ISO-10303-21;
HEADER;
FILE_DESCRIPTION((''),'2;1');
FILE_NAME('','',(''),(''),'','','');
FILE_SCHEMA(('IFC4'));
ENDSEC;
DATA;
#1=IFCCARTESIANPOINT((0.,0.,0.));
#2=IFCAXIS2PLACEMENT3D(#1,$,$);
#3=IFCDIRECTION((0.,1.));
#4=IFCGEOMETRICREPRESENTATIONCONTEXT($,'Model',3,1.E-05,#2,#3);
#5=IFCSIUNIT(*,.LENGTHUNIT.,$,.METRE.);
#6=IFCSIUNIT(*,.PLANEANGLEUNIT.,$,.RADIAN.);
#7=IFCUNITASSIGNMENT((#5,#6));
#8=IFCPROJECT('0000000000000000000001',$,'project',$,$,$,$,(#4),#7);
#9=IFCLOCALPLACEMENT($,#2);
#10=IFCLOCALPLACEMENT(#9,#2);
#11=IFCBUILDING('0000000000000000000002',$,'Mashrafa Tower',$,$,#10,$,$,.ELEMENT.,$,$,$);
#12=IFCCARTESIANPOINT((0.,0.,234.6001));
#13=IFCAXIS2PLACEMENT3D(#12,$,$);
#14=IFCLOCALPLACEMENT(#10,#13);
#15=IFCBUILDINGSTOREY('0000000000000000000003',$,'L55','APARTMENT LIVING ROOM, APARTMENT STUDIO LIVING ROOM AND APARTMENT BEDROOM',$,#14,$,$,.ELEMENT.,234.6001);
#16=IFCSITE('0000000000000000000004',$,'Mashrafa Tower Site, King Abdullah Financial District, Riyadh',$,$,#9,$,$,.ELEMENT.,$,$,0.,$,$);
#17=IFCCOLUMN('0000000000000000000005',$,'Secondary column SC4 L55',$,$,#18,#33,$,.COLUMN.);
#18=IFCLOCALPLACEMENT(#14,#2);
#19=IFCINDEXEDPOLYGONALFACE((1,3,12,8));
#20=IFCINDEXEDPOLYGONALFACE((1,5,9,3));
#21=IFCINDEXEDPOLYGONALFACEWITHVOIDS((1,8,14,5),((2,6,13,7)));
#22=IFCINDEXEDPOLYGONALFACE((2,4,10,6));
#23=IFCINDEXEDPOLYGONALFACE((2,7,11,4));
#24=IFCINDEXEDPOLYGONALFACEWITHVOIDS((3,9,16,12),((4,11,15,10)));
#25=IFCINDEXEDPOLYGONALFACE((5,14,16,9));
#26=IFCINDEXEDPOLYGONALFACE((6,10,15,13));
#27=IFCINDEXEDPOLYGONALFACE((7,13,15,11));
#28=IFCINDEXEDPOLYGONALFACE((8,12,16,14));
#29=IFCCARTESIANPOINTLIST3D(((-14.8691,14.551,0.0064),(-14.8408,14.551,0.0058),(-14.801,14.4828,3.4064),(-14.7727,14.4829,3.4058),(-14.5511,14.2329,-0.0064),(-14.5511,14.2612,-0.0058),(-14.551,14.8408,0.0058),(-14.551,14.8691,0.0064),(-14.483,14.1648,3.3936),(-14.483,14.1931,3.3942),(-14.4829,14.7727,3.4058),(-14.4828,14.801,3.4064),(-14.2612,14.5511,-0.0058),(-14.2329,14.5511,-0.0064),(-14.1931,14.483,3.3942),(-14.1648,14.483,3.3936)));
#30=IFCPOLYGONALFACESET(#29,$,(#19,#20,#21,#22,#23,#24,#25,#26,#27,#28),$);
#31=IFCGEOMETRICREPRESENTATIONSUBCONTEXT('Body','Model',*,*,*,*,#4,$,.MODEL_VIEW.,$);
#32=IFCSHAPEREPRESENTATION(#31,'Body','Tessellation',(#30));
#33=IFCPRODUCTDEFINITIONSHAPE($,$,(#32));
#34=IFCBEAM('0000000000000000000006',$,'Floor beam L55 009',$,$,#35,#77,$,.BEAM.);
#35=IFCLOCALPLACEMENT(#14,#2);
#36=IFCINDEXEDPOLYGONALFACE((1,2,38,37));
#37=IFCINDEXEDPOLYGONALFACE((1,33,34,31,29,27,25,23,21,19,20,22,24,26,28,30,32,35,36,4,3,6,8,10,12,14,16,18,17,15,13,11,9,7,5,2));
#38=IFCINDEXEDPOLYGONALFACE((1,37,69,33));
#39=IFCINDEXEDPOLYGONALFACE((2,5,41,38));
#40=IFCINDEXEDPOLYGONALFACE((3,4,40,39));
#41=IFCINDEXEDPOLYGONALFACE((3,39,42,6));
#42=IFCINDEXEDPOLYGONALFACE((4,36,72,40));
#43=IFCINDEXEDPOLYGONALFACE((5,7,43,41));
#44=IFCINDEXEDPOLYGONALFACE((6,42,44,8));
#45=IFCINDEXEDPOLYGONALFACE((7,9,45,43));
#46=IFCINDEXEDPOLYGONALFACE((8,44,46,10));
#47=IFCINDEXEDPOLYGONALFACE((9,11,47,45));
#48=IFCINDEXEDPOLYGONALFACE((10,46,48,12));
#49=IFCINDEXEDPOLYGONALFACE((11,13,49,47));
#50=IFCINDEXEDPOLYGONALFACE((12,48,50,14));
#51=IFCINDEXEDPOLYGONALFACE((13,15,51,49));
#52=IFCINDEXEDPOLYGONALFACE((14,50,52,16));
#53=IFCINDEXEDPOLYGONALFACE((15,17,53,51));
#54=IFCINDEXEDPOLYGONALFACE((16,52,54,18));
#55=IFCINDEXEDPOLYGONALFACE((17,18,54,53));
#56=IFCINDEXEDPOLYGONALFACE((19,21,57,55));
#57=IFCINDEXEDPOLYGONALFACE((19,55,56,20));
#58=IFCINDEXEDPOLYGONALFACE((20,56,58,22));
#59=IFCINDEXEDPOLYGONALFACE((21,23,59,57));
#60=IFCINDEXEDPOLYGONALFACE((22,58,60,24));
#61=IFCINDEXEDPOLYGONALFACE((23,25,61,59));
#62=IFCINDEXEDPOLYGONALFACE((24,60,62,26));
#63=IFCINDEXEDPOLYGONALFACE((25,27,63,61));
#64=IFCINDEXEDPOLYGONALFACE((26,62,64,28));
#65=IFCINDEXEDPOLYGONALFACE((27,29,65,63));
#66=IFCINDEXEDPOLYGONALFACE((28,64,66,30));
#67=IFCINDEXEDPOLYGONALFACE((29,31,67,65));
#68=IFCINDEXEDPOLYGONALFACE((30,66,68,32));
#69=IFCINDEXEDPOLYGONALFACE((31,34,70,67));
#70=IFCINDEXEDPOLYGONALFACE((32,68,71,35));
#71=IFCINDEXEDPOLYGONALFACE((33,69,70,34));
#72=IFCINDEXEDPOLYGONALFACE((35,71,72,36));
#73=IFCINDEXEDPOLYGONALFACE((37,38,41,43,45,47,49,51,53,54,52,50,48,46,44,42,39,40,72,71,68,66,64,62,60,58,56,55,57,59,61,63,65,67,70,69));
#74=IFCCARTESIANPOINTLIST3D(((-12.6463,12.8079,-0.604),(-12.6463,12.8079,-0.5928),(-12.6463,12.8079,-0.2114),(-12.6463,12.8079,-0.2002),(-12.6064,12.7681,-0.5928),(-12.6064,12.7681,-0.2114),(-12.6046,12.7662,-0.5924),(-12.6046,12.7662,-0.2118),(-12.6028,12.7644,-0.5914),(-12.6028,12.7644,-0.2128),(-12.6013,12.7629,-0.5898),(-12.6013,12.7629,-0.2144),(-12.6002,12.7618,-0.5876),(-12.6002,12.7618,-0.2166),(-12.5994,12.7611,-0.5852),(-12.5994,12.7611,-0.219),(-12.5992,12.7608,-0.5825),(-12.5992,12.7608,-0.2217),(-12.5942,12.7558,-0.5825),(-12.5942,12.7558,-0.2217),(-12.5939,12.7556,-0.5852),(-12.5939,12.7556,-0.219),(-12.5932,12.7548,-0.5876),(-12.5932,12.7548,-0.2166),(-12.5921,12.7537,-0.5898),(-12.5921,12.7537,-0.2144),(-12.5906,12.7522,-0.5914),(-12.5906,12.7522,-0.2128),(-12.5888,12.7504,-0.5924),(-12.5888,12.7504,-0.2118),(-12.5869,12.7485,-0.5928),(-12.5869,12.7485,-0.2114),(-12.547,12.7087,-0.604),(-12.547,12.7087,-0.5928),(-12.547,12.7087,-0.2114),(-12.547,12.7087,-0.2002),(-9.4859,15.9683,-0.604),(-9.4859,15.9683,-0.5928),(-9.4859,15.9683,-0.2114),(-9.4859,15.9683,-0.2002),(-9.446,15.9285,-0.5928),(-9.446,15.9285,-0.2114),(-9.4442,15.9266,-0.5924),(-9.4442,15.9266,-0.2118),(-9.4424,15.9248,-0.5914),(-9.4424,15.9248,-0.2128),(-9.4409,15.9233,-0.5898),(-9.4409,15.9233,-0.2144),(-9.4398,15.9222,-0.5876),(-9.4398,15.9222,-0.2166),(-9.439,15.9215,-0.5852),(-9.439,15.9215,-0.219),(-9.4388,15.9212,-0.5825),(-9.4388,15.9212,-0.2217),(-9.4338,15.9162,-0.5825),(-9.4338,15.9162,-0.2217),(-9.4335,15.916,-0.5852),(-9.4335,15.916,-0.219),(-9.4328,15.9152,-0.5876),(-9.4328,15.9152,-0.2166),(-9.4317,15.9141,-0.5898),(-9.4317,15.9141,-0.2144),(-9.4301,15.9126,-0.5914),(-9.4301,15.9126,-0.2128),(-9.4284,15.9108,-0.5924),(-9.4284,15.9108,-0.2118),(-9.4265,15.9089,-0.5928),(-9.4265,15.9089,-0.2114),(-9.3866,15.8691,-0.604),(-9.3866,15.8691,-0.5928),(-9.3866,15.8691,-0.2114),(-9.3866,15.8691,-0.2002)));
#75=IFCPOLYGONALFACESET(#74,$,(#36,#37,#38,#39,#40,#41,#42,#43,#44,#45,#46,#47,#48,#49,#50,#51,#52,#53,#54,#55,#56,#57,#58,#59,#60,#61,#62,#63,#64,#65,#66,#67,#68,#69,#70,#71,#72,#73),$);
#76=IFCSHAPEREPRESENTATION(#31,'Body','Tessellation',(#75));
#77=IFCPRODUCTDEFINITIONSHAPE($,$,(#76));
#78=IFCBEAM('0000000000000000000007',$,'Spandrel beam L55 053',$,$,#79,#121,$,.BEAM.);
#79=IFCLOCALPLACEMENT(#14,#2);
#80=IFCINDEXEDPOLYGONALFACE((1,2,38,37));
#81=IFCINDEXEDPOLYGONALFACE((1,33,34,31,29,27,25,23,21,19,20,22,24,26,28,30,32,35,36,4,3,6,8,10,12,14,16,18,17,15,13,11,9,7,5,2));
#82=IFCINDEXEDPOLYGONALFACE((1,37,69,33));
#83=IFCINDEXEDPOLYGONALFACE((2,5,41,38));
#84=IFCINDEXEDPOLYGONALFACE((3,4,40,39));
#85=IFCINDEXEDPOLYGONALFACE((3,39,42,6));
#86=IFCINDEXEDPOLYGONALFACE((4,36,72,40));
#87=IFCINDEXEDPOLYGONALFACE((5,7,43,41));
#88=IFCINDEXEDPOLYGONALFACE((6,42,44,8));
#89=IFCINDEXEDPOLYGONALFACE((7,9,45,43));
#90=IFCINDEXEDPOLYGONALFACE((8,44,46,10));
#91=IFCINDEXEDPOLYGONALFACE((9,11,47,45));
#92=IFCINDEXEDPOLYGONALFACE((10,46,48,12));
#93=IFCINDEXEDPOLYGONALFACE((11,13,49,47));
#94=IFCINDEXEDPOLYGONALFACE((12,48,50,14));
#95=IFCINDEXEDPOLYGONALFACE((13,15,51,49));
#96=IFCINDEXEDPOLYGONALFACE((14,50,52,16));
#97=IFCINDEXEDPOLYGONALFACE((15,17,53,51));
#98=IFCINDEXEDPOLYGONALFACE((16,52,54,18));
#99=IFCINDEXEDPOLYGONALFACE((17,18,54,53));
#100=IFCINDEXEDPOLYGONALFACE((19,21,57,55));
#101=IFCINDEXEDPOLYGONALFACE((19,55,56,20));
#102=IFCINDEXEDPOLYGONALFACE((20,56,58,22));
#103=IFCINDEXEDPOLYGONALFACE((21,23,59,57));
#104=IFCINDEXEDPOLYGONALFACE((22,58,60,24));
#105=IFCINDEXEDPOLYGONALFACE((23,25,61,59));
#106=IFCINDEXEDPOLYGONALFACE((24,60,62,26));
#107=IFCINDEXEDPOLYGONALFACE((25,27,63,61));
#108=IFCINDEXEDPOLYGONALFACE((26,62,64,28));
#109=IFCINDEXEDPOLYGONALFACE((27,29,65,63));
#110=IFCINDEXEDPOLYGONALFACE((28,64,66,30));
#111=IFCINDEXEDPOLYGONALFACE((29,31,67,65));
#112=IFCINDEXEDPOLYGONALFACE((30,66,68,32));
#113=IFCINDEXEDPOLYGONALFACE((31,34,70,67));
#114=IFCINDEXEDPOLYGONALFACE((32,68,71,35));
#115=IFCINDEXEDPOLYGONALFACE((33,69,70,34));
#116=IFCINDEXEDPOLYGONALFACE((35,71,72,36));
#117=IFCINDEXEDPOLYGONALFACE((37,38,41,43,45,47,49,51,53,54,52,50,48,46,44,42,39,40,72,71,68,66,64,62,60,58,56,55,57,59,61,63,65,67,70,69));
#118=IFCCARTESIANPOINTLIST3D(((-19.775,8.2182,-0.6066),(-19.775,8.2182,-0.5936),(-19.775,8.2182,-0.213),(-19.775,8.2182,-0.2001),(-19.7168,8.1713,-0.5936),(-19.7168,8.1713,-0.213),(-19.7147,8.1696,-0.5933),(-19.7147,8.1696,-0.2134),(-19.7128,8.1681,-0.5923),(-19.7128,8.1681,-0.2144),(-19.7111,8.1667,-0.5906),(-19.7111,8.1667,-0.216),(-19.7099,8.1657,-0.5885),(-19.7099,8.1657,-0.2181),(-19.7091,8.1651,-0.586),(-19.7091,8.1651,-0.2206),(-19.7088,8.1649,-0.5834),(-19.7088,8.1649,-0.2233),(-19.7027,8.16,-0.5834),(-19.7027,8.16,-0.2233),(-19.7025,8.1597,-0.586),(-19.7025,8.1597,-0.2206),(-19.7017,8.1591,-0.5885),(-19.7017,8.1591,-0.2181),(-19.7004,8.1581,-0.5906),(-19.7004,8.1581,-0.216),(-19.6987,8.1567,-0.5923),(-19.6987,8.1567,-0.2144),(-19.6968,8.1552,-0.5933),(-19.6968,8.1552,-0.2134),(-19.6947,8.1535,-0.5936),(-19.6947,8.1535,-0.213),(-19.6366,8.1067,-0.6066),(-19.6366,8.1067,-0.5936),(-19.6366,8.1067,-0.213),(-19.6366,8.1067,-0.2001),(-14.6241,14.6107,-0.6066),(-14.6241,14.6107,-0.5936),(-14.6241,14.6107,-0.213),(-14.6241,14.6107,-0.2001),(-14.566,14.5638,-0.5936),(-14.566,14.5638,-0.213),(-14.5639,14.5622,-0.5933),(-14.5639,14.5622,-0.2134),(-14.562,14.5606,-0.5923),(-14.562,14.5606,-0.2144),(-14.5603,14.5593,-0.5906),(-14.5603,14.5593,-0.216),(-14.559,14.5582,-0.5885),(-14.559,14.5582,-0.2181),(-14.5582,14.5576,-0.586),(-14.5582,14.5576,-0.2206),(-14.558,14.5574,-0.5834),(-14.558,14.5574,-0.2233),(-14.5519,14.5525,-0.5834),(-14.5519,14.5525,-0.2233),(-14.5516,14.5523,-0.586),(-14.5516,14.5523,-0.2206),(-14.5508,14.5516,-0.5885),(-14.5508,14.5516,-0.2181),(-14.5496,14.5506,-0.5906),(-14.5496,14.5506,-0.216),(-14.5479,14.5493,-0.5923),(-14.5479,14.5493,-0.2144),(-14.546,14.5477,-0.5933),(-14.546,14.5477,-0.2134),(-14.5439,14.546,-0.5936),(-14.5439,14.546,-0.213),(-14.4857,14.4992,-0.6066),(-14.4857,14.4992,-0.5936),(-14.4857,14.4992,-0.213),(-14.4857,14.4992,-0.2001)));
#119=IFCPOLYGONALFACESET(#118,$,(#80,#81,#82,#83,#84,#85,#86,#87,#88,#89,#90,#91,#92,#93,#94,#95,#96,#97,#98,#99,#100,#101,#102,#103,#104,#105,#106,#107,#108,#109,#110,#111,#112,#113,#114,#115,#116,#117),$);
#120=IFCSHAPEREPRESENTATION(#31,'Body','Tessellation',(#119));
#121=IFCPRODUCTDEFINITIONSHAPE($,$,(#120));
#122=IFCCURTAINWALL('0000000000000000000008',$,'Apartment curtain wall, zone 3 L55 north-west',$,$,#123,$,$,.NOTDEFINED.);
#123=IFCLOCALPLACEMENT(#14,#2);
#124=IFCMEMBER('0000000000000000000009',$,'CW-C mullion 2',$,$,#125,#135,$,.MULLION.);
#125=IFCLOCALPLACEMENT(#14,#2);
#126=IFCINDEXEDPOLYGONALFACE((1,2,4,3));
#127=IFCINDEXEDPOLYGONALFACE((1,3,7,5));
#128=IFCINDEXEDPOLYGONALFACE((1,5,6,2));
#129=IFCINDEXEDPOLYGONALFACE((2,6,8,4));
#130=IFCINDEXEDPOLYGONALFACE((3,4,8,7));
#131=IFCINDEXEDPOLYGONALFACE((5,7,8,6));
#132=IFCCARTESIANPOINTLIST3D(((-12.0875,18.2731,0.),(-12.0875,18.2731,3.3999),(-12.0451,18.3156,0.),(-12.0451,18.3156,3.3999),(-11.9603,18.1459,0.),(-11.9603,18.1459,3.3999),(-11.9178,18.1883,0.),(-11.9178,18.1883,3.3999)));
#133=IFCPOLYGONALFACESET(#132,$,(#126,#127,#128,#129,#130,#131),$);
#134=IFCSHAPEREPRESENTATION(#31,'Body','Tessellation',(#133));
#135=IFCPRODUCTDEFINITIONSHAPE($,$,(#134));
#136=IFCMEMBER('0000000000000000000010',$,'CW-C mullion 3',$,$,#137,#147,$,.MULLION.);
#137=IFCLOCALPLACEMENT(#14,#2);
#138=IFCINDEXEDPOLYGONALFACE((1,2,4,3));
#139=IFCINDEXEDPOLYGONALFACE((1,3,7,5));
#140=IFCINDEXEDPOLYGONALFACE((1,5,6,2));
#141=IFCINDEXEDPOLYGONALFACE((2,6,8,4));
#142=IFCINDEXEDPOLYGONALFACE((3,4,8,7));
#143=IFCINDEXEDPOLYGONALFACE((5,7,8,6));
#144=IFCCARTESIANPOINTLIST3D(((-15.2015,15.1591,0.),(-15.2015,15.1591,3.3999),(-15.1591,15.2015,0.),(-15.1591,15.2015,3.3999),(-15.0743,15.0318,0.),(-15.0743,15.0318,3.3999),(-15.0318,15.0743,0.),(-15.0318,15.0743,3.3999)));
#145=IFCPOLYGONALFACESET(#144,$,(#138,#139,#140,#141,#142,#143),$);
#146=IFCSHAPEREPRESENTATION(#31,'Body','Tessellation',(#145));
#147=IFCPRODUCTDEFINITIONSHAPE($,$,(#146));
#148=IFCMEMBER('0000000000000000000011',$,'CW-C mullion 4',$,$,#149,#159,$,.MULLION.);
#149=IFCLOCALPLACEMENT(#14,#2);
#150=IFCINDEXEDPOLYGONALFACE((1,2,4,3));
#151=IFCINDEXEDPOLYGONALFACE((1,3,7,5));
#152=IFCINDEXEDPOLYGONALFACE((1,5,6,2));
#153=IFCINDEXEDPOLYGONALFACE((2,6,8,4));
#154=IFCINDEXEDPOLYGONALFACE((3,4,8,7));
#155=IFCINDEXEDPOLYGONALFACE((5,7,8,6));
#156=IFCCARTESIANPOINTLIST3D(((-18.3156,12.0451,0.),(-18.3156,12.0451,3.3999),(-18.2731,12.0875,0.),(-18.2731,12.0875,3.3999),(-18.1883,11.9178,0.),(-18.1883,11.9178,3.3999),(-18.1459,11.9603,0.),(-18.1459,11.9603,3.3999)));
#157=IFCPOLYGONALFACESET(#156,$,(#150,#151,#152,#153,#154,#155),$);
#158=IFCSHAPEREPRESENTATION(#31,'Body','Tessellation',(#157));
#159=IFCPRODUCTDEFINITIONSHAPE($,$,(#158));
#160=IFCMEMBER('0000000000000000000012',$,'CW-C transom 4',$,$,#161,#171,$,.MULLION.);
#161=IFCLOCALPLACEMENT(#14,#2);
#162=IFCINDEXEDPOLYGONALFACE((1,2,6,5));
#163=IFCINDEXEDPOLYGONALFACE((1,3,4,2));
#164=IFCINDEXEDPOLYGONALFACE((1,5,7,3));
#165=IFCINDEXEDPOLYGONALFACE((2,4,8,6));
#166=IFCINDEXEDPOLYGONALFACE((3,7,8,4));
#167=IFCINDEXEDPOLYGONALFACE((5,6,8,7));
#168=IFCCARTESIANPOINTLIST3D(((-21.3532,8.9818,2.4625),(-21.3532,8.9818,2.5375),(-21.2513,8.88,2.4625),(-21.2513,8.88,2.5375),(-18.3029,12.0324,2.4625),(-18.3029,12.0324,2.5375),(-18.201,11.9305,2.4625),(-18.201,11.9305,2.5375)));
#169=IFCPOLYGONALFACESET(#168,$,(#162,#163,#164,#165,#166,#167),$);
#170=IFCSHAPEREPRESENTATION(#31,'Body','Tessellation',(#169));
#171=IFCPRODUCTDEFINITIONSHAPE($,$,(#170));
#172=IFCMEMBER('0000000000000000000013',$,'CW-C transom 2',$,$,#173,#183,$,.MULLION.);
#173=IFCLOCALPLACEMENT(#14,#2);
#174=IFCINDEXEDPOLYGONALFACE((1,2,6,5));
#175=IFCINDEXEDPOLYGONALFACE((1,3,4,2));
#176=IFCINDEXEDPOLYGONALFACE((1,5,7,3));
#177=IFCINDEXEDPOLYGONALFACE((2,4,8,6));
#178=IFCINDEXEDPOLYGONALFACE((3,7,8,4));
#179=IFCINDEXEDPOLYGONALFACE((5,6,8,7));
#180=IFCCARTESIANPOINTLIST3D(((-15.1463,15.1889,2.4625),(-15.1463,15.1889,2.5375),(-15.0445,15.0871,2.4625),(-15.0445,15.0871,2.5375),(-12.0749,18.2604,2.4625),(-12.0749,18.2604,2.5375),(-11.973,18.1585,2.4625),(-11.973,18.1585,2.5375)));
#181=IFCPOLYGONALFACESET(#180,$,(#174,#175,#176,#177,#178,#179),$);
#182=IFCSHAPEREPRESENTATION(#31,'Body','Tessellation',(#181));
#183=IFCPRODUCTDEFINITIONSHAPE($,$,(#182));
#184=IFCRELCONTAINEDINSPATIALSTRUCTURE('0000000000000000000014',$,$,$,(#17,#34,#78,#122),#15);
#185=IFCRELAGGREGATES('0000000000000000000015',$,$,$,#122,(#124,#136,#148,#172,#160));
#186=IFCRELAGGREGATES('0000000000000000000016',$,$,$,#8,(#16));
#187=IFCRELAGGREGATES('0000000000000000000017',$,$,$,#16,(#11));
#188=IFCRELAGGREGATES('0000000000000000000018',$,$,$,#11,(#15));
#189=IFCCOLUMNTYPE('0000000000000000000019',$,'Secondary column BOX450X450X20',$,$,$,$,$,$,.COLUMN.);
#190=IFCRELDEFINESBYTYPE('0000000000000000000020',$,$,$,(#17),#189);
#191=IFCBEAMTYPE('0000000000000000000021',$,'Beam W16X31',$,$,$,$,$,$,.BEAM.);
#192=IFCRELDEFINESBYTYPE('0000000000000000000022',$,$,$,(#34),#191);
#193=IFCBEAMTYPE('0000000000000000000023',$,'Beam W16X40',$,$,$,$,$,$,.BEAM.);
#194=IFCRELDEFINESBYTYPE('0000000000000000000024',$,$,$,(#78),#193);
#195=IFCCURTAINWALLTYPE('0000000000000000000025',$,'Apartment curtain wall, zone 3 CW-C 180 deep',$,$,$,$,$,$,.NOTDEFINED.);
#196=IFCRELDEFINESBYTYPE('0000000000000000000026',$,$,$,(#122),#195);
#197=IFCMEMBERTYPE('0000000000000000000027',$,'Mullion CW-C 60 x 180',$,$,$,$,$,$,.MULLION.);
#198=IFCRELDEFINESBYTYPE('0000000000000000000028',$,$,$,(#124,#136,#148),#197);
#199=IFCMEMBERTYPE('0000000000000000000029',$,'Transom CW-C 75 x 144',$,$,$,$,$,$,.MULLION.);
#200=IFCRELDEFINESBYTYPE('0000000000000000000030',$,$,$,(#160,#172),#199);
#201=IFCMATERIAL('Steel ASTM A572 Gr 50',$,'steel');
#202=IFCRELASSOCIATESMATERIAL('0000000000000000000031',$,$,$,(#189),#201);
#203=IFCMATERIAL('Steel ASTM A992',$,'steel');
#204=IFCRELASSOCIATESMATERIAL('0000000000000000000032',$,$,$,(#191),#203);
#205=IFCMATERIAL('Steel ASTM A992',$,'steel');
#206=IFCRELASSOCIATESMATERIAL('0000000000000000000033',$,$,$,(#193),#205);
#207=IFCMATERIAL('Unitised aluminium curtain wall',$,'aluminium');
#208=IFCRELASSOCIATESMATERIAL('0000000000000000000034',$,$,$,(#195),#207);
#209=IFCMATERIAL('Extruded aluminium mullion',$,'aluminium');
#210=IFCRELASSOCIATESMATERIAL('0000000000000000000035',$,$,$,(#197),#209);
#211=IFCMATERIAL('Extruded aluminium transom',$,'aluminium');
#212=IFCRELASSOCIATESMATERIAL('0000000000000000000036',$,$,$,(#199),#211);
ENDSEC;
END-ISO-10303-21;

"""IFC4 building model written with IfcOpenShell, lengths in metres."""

from ifc_helpers import new_model, si_unit, direction, frame, origin, origin_2d, place, context, subcontext, project, spatial, rectangle, hollow_rectangle, i_section, extrude, source, transform, mapped, material, material_profile, profile_set, type_object, type_shapes, element, aggregate, save


model = new_model("IFC4")

# Units and contexts
model_context = context("Model", 3, precision=1e-05, world=origin(), true_north=direction((0.0, 1.0)))
body_context = subcontext(model_context, "Body", "Model", "MODEL_VIEW")
ifc_project = project(units=[si_unit("LENGTHUNIT", "METRE"), si_unit("PLANEANGLEUNIT", "RADIAN")], contexts=[model_context])

# Site, building, storey
site_placement = place(None, origin())
site = spatial("IfcSite", under=ifc_project, at=site_placement, Name="Mashrafa Tower Site, King Abdullah Financial District, Riyadh", CompositionType="ELEMENT", RefElevation=0.0)
building_placement = place(site_placement, origin())
building = spatial("IfcBuilding", under=site, at=building_placement, Name="Mashrafa Tower", CompositionType="ELEMENT")
storey_placement = place(building_placement, frame((0.0, 0.0, 234.6001)))
storey = spatial("IfcBuildingStorey", under=building, at=storey_placement, Name="L55", Description="APARTMENT LIVING ROOM, APARTMENT STUDIO LIVING ROOM AND APARTMENT BEDROOM", CompositionType="ELEMENT", Elevation=234.6001)

# Column
ifc_material_1 = material(Name="Steel ASTM A572 Gr 50", Category="steel")
ifc_material_profile_1 = material_profile(ifc_material_1, hollow_rectangle(XDim=0.45, YDim=0.45, WallThickness=0.02, at=origin_2d()), Name="BOX450X450X20")
ifc_profile_set_1 = profile_set([ifc_material_profile_1], Name="Steel ASTM A572 Gr 50")
column_type = type_object("IfcColumnType", Name="Secondary column BOX450X450X20", PredefinedType="COLUMN", material=ifc_profile_set_1)
column_placement = place(storey_placement, frame((-14.551, 14.551, 0.0), z_axis=(0.020026, -0.020026, 0.999599), x_axis=(0.707107, 0.707107, 0.0)))
element("IfcColumn", 1, at=column_placement, inside=storey, type_object=column_type, Name="Secondary column SC4 L55", PredefinedType="COLUMN", context=body_context, shape_type="SweptSolid", body=[
    extrude(hollow_rectangle(XDim=0.45, YDim=0.45, WallThickness=0.02, at=origin_2d()), origin(), (0.0, 0.0, 1.0), 3.4014),
])

# Beams
ifc_material_2 = material(Name="Steel ASTM A992", Category="steel")
ifc_material_profile_2 = material_profile(ifc_material_2, i_section(OverallWidth=0.1404, OverallDepth=0.4038, WebThickness=0.0071, FlangeThickness=0.0112, FilletRadius=0.0103, at=origin_2d()), Name="W16X31")
ifc_profile_set_2 = profile_set([ifc_material_profile_2], Name="Steel ASTM A992")
beam_type_1 = type_object("IfcBeamType", Name="Beam W16X31", PredefinedType="BEAM", material=ifc_profile_set_2)
beam_1_placement = place(storey_placement, frame((-12.5967, 12.7583, -0.4021), z_axis=(0.707107, 0.707107, 0.0), x_axis=(-0.707107, 0.707107, 0.0)))
element("IfcBeam", 2, at=beam_1_placement, inside=storey, type_object=beam_type_1, Name="Floor beam L55 009", PredefinedType="BEAM", context=body_context, shape_type="SweptSolid", body=[
    extrude(i_section(OverallWidth=0.1404, OverallDepth=0.4038, WebThickness=0.0071, FlangeThickness=0.0112, FilletRadius=0.0103, at=origin_2d()), origin(), (0.0, 0.0, 1.0), 4.4695),
])
ifc_material_3 = material(Name="Steel ASTM A992", Category="steel")
ifc_material_profile_3 = material_profile(ifc_material_3, i_section(OverallWidth=0.1777, OverallDepth=0.4065, WebThickness=0.0078, FlangeThickness=0.0129, FilletRadius=0.0103, at=origin_2d()), Name="W16X40")
ifc_profile_set_3 = profile_set([ifc_material_profile_3], Name="Steel ASTM A992")
beam_type_2 = type_object("IfcBeamType", Name="Beam W16X40", PredefinedType="BEAM", material=ifc_profile_set_3)
beam_2_placement = place(storey_placement, frame((-14.5549, 14.5549, -0.4033), z_axis=(-0.627426, -0.778676, 0.0), x_axis=(0.778676, -0.627426, 0.0)))
element("IfcBeam", 3, at=beam_2_placement, inside=storey, type_object=beam_type_2, Name="Spandrel beam L55 053", PredefinedType="BEAM", context=body_context, shape_type="SweptSolid", body=[
    extrude(i_section(OverallWidth=0.1777, OverallDepth=0.4065, WebThickness=0.0078, FlangeThickness=0.0129, FilletRadius=0.0103, at=origin_2d()), origin(), (0.0, 0.0, 1.0), 8.2095),
])

# Curtain wall, members
ifc_material_4 = material(Name="Unitised aluminium curtain wall", Category="aluminium")
curtain_wall_type = type_object("IfcCurtainWallType", Name="Apartment curtain wall, zone 3 CW-C 180 deep", PredefinedType="NOTDEFINED", material=ifc_material_4)
curtain_wall_placement = place(storey_placement, origin())
curtain_wall = element("IfcCurtainWall", 4, at=curtain_wall_placement, inside=storey, type_object=curtain_wall_type, Name="Apartment curtain wall, zone 3 L55 north-west", PredefinedType="NOTDEFINED")
ifc_material_5 = material(Name="Extruded aluminium mullion", Category="aluminium")
ifc_material_profile_4 = material_profile(ifc_material_5, rectangle(XDim=0.1799, YDim=0.0601, at=origin_2d()), Name="Mullion 60x180")
ifc_profile_set_4 = profile_set([ifc_material_profile_4], Name="Extruded aluminium mullion")
member_type_1 = type_object("IfcMemberType", Name="Mullion CW-C 60 x 180", PredefinedType="MULLION", material=ifc_profile_set_4)
shared_shape_1 = source(origin(), body_context, "Body", "SweptSolid", [
    extrude(rectangle(XDim=0.1799, YDim=0.0601, at=origin_2d()), origin(), (0.0, 0.0, 1.0), 3.3999),
])
type_shapes(member_type_1, [shared_shape_1])
member_1_placement = place(storey_placement, frame((-12.0027, 18.2307, 0.0), z_axis=(0.0, 0.0, 1.0), x_axis=(0.707107, -0.707107, 0.0)))
member_1 = element("IfcMember", 5, at=member_1_placement, type_object=member_type_1, Name="CW-C mullion 2", PredefinedType="MULLION", context=body_context, shape_type="MappedRepresentation", body=[
    mapped(shared_shape_1, transform((0.0, 0.0, 0.0))),
])
member_2_placement = place(storey_placement, frame((-15.1167, 15.1167, 0.0), z_axis=(0.0, 0.0, 1.0), x_axis=(0.707107, -0.707107, 0.0)))
member_2 = element("IfcMember", 6, at=member_2_placement, type_object=member_type_1, Name="CW-C mullion 3", PredefinedType="MULLION", context=body_context, shape_type="MappedRepresentation", body=[
    mapped(shared_shape_1, transform((0.0, 0.0, 0.0))),
])
member_3_placement = place(storey_placement, frame((-18.2307, 12.0027, 0.0), z_axis=(0.0, 0.0, 1.0), x_axis=(0.707107, -0.707107, 0.0)))
member_3 = element("IfcMember", 7, at=member_3_placement, type_object=member_type_1, Name="CW-C mullion 4", PredefinedType="MULLION", context=body_context, shape_type="MappedRepresentation", body=[
    mapped(shared_shape_1, transform((0.0, 0.0, 0.0))),
])
ifc_material_6 = material(Name="Extruded aluminium transom", Category="aluminium")
ifc_material_profile_5 = material_profile(ifc_material_6, rectangle(XDim=0.144, YDim=0.075, at=origin_2d()), Name="Transom 75x144")
ifc_profile_set_5 = profile_set([ifc_material_profile_5], Name="Extruded aluminium transom")
member_type_2 = type_object("IfcMemberType", Name="Transom CW-C 75 x 144", PredefinedType="MULLION", material=ifc_profile_set_5)
shared_shape_2 = source(origin(), body_context, "Body", "SweptSolid", [
    extrude(rectangle(XDim=0.144, YDim=0.075, at=origin_2d()), origin(), (0.0, 0.0, 1.0), 4.314),
])
member_4_placement = place(storey_placement, frame((-18.252, 11.9814, 2.5), z_axis=(-0.707078, -0.707135, 0.0), x_axis=(0.707135, -0.707078, 0.0)))
member_4 = element("IfcMember", 8, at=member_4_placement, type_object=member_type_2, Name="CW-C transom 4", PredefinedType="MULLION", context=body_context, shape_type="MappedRepresentation", body=[
    mapped(shared_shape_2, transform((0.0, 0.0, 0.0))),
])
shared_shape_3 = source(origin(), body_context, "Body", "SweptSolid", [
    extrude(rectangle(XDim=0.144, YDim=0.075, at=origin_2d()), origin(), (0.0, 0.0, 1.0), 4.3438),
])
type_shapes(member_type_2, [shared_shape_2, shared_shape_3])
member_5_placement = place(storey_placement, frame((-12.0239, 18.2095, 2.5), z_axis=(-0.707107, -0.707107, 0.0), x_axis=(0.707107, -0.707107, 0.0)))
member_5 = element("IfcMember", 9, at=member_5_placement, type_object=member_type_2, Name="CW-C transom 2", PredefinedType="MULLION", context=body_context, shape_type="MappedRepresentation", body=[
    mapped(shared_shape_3, transform((0.0, 0.0, 0.0))),
])
aggregate(curtain_wall, [member_1, member_2, member_3, member_5, member_4])

save(model, "model.ifc")
